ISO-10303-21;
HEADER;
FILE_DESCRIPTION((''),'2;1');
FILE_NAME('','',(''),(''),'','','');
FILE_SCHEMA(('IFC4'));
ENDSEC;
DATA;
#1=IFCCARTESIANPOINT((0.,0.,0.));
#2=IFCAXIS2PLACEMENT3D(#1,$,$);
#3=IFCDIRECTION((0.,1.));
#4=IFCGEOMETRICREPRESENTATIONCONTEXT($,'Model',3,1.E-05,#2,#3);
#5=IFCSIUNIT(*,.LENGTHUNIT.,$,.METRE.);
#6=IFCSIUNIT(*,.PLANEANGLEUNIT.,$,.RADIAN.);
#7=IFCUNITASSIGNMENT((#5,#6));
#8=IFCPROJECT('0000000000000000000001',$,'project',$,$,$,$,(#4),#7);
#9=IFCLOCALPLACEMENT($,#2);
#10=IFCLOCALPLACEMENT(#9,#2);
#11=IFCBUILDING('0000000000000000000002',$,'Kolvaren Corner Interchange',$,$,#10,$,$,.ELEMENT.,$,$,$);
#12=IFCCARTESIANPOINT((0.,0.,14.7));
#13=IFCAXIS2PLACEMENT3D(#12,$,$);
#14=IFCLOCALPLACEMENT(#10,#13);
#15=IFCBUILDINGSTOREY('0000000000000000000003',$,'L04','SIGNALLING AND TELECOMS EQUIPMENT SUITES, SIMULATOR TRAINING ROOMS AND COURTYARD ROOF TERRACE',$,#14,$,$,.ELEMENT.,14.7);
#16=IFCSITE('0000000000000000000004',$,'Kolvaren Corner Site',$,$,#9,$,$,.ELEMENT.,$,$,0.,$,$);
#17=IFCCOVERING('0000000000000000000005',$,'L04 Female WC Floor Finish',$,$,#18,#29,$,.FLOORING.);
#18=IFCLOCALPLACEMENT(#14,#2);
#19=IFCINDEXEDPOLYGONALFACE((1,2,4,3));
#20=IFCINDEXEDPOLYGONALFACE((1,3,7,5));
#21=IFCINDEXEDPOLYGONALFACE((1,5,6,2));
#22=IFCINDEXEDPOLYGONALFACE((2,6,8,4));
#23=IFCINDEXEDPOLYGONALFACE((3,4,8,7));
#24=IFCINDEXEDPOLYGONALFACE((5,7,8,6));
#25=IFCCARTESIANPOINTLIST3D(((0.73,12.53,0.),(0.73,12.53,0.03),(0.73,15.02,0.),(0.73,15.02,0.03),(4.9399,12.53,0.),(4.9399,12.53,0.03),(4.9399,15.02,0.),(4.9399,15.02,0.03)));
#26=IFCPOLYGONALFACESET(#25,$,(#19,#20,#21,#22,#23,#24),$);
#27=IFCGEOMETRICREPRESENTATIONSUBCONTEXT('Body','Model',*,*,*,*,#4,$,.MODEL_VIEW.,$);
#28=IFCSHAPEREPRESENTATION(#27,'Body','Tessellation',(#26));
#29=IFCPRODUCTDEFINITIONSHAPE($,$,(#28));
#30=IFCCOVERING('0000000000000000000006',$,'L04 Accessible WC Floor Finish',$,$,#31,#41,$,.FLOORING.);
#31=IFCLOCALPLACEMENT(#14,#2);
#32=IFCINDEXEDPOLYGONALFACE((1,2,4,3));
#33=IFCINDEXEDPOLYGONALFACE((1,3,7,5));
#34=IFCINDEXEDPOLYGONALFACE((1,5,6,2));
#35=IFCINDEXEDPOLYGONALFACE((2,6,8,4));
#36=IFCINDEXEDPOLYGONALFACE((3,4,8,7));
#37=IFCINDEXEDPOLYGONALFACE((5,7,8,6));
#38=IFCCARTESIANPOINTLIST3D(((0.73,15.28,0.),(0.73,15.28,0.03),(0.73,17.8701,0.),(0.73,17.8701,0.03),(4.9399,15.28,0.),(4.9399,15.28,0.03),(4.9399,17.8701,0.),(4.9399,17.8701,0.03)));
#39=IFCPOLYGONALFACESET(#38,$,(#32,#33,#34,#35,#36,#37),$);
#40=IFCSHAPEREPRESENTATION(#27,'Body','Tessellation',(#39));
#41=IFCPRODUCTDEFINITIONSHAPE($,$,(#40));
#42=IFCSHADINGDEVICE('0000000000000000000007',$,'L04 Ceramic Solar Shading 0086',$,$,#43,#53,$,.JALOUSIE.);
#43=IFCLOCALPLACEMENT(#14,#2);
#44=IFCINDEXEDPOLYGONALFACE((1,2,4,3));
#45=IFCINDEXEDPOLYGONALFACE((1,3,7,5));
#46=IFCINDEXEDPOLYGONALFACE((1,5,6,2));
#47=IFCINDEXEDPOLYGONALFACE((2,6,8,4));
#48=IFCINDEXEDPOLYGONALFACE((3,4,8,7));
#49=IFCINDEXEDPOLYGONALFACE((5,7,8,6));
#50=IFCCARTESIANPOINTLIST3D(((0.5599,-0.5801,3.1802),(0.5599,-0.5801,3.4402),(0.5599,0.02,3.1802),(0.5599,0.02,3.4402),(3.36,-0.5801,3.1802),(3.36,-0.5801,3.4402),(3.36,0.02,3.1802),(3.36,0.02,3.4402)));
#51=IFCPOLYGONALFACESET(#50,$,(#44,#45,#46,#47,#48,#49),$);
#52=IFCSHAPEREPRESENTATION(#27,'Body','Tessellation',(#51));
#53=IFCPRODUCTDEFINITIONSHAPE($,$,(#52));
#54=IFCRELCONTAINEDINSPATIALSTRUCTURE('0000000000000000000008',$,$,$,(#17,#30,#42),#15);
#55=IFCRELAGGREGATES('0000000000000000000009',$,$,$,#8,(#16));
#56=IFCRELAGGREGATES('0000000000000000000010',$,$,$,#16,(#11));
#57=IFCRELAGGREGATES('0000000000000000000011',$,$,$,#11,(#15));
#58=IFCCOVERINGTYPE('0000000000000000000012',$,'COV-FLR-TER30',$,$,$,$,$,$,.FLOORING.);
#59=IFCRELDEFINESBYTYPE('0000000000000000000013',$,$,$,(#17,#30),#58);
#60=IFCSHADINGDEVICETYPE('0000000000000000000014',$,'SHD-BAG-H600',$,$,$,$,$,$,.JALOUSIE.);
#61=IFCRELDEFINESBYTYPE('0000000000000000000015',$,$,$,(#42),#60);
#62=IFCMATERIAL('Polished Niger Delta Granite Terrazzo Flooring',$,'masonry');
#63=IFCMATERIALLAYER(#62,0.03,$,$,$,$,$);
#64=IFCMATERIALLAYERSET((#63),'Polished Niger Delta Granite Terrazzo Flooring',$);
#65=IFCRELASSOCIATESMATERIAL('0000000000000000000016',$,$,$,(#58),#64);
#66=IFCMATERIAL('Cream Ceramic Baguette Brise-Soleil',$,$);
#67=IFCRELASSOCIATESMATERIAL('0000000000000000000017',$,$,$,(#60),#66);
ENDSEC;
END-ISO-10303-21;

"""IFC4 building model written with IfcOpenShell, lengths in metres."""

from ifc_helpers import new_model, si_unit, direction, frame, origin, origin_2d, place, context, subcontext, project, spatial, polyline, rectangle, outline, extrude, material, layer, layer_set, type_object, element, save


model = new_model("IFC4")

# Units and contexts
model_context = context("Model", 3, precision=1e-05, world=origin(), true_north=direction((0.0, 1.0)))
body_context = subcontext(model_context, "Body", "Model", "MODEL_VIEW")
ifc_project = project(units=[si_unit("LENGTHUNIT", "METRE"), si_unit("PLANEANGLEUNIT", "RADIAN")], contexts=[model_context])

# Site, building, storey
site_placement = place(None, origin())
site = spatial("IfcSite", under=ifc_project, at=site_placement, Name="Kolvaren Corner Site", CompositionType="ELEMENT", RefElevation=0.0)
building_placement = place(site_placement, origin())
building = spatial("IfcBuilding", under=site, at=building_placement, Name="Kolvaren Corner Interchange", CompositionType="ELEMENT")
storey_placement = place(building_placement, frame((0.0, 0.0, 14.7)))
storey = spatial("IfcBuildingStorey", under=building, at=storey_placement, Name="L04", Description="SIGNALLING AND TELECOMS EQUIPMENT SUITES, SIMULATOR TRAINING ROOMS AND COURTYARD ROOF TERRACE", CompositionType="ELEMENT", Elevation=14.7)

# Coverings
ifc_material_1 = material(Name="Polished Niger Delta Granite Terrazzo Flooring", Category="masonry")
ifc_layer_1 = layer(ifc_material_1, 0.03)
ifc_layer_set_1 = layer_set([ifc_layer_1], Name="Polished Niger Delta Granite Terrazzo Flooring")
covering_type_1 = type_object("IfcCoveringType", Name="COV-FLR-TER30", PredefinedType="FLOORING", material=ifc_layer_set_1)
covering_1_placement = place(storey_placement, origin())
element("IfcCovering", 1, at=covering_1_placement, inside=storey, type_object=covering_type_1, Name="L04 Female WC Floor Finish", PredefinedType="FLOORING", context=body_context, shape_type="SweptSolid", body=[
    extrude(outline(polyline([(0.73, 12.53), (4.9399, 12.53), (4.9399, 15.02), (0.73, 15.02), (0.73, 12.53)])), origin(), (0.0, 0.0, 1.0), 0.03),
])
covering_2_placement = place(storey_placement, origin())
element("IfcCovering", 2, at=covering_2_placement, inside=storey, type_object=covering_type_1, Name="L04 Accessible WC Floor Finish", PredefinedType="FLOORING", context=body_context, shape_type="SweptSolid", body=[
    extrude(outline(polyline([(0.73, 15.28), (4.9399, 15.28), (4.9399, 17.8701), (0.73, 17.8701), (0.73, 15.28)])), origin(), (0.0, 0.0, 1.0), 0.03),
])

# Shading device
ifc_material_2 = material(Name="Cream Ceramic Baguette Brise-Soleil")
shading_device_type = type_object("IfcShadingDeviceType", Name="SHD-BAG-H600", PredefinedType="JALOUSIE", material=ifc_material_2)
shading_device_placement = place(storey_placement, frame((1.96, -0.28, 3.1802), z_axis=(0.0, 0.0, 1.0), x_axis=(1.0, 0.0, 0.0)))
element("IfcShadingDevice", 3, at=shading_device_placement, inside=storey, type_object=shading_device_type, Name="L04 Ceramic Solar Shading 0086", PredefinedType="JALOUSIE", context=body_context, shape_type="SweptSolid", body=[
    extrude(rectangle(XDim=2.8, YDim=0.6001, at=origin_2d()), origin(), (0.0, 0.0, 1.0), 0.26),
])

save(model, "model.ifc")
